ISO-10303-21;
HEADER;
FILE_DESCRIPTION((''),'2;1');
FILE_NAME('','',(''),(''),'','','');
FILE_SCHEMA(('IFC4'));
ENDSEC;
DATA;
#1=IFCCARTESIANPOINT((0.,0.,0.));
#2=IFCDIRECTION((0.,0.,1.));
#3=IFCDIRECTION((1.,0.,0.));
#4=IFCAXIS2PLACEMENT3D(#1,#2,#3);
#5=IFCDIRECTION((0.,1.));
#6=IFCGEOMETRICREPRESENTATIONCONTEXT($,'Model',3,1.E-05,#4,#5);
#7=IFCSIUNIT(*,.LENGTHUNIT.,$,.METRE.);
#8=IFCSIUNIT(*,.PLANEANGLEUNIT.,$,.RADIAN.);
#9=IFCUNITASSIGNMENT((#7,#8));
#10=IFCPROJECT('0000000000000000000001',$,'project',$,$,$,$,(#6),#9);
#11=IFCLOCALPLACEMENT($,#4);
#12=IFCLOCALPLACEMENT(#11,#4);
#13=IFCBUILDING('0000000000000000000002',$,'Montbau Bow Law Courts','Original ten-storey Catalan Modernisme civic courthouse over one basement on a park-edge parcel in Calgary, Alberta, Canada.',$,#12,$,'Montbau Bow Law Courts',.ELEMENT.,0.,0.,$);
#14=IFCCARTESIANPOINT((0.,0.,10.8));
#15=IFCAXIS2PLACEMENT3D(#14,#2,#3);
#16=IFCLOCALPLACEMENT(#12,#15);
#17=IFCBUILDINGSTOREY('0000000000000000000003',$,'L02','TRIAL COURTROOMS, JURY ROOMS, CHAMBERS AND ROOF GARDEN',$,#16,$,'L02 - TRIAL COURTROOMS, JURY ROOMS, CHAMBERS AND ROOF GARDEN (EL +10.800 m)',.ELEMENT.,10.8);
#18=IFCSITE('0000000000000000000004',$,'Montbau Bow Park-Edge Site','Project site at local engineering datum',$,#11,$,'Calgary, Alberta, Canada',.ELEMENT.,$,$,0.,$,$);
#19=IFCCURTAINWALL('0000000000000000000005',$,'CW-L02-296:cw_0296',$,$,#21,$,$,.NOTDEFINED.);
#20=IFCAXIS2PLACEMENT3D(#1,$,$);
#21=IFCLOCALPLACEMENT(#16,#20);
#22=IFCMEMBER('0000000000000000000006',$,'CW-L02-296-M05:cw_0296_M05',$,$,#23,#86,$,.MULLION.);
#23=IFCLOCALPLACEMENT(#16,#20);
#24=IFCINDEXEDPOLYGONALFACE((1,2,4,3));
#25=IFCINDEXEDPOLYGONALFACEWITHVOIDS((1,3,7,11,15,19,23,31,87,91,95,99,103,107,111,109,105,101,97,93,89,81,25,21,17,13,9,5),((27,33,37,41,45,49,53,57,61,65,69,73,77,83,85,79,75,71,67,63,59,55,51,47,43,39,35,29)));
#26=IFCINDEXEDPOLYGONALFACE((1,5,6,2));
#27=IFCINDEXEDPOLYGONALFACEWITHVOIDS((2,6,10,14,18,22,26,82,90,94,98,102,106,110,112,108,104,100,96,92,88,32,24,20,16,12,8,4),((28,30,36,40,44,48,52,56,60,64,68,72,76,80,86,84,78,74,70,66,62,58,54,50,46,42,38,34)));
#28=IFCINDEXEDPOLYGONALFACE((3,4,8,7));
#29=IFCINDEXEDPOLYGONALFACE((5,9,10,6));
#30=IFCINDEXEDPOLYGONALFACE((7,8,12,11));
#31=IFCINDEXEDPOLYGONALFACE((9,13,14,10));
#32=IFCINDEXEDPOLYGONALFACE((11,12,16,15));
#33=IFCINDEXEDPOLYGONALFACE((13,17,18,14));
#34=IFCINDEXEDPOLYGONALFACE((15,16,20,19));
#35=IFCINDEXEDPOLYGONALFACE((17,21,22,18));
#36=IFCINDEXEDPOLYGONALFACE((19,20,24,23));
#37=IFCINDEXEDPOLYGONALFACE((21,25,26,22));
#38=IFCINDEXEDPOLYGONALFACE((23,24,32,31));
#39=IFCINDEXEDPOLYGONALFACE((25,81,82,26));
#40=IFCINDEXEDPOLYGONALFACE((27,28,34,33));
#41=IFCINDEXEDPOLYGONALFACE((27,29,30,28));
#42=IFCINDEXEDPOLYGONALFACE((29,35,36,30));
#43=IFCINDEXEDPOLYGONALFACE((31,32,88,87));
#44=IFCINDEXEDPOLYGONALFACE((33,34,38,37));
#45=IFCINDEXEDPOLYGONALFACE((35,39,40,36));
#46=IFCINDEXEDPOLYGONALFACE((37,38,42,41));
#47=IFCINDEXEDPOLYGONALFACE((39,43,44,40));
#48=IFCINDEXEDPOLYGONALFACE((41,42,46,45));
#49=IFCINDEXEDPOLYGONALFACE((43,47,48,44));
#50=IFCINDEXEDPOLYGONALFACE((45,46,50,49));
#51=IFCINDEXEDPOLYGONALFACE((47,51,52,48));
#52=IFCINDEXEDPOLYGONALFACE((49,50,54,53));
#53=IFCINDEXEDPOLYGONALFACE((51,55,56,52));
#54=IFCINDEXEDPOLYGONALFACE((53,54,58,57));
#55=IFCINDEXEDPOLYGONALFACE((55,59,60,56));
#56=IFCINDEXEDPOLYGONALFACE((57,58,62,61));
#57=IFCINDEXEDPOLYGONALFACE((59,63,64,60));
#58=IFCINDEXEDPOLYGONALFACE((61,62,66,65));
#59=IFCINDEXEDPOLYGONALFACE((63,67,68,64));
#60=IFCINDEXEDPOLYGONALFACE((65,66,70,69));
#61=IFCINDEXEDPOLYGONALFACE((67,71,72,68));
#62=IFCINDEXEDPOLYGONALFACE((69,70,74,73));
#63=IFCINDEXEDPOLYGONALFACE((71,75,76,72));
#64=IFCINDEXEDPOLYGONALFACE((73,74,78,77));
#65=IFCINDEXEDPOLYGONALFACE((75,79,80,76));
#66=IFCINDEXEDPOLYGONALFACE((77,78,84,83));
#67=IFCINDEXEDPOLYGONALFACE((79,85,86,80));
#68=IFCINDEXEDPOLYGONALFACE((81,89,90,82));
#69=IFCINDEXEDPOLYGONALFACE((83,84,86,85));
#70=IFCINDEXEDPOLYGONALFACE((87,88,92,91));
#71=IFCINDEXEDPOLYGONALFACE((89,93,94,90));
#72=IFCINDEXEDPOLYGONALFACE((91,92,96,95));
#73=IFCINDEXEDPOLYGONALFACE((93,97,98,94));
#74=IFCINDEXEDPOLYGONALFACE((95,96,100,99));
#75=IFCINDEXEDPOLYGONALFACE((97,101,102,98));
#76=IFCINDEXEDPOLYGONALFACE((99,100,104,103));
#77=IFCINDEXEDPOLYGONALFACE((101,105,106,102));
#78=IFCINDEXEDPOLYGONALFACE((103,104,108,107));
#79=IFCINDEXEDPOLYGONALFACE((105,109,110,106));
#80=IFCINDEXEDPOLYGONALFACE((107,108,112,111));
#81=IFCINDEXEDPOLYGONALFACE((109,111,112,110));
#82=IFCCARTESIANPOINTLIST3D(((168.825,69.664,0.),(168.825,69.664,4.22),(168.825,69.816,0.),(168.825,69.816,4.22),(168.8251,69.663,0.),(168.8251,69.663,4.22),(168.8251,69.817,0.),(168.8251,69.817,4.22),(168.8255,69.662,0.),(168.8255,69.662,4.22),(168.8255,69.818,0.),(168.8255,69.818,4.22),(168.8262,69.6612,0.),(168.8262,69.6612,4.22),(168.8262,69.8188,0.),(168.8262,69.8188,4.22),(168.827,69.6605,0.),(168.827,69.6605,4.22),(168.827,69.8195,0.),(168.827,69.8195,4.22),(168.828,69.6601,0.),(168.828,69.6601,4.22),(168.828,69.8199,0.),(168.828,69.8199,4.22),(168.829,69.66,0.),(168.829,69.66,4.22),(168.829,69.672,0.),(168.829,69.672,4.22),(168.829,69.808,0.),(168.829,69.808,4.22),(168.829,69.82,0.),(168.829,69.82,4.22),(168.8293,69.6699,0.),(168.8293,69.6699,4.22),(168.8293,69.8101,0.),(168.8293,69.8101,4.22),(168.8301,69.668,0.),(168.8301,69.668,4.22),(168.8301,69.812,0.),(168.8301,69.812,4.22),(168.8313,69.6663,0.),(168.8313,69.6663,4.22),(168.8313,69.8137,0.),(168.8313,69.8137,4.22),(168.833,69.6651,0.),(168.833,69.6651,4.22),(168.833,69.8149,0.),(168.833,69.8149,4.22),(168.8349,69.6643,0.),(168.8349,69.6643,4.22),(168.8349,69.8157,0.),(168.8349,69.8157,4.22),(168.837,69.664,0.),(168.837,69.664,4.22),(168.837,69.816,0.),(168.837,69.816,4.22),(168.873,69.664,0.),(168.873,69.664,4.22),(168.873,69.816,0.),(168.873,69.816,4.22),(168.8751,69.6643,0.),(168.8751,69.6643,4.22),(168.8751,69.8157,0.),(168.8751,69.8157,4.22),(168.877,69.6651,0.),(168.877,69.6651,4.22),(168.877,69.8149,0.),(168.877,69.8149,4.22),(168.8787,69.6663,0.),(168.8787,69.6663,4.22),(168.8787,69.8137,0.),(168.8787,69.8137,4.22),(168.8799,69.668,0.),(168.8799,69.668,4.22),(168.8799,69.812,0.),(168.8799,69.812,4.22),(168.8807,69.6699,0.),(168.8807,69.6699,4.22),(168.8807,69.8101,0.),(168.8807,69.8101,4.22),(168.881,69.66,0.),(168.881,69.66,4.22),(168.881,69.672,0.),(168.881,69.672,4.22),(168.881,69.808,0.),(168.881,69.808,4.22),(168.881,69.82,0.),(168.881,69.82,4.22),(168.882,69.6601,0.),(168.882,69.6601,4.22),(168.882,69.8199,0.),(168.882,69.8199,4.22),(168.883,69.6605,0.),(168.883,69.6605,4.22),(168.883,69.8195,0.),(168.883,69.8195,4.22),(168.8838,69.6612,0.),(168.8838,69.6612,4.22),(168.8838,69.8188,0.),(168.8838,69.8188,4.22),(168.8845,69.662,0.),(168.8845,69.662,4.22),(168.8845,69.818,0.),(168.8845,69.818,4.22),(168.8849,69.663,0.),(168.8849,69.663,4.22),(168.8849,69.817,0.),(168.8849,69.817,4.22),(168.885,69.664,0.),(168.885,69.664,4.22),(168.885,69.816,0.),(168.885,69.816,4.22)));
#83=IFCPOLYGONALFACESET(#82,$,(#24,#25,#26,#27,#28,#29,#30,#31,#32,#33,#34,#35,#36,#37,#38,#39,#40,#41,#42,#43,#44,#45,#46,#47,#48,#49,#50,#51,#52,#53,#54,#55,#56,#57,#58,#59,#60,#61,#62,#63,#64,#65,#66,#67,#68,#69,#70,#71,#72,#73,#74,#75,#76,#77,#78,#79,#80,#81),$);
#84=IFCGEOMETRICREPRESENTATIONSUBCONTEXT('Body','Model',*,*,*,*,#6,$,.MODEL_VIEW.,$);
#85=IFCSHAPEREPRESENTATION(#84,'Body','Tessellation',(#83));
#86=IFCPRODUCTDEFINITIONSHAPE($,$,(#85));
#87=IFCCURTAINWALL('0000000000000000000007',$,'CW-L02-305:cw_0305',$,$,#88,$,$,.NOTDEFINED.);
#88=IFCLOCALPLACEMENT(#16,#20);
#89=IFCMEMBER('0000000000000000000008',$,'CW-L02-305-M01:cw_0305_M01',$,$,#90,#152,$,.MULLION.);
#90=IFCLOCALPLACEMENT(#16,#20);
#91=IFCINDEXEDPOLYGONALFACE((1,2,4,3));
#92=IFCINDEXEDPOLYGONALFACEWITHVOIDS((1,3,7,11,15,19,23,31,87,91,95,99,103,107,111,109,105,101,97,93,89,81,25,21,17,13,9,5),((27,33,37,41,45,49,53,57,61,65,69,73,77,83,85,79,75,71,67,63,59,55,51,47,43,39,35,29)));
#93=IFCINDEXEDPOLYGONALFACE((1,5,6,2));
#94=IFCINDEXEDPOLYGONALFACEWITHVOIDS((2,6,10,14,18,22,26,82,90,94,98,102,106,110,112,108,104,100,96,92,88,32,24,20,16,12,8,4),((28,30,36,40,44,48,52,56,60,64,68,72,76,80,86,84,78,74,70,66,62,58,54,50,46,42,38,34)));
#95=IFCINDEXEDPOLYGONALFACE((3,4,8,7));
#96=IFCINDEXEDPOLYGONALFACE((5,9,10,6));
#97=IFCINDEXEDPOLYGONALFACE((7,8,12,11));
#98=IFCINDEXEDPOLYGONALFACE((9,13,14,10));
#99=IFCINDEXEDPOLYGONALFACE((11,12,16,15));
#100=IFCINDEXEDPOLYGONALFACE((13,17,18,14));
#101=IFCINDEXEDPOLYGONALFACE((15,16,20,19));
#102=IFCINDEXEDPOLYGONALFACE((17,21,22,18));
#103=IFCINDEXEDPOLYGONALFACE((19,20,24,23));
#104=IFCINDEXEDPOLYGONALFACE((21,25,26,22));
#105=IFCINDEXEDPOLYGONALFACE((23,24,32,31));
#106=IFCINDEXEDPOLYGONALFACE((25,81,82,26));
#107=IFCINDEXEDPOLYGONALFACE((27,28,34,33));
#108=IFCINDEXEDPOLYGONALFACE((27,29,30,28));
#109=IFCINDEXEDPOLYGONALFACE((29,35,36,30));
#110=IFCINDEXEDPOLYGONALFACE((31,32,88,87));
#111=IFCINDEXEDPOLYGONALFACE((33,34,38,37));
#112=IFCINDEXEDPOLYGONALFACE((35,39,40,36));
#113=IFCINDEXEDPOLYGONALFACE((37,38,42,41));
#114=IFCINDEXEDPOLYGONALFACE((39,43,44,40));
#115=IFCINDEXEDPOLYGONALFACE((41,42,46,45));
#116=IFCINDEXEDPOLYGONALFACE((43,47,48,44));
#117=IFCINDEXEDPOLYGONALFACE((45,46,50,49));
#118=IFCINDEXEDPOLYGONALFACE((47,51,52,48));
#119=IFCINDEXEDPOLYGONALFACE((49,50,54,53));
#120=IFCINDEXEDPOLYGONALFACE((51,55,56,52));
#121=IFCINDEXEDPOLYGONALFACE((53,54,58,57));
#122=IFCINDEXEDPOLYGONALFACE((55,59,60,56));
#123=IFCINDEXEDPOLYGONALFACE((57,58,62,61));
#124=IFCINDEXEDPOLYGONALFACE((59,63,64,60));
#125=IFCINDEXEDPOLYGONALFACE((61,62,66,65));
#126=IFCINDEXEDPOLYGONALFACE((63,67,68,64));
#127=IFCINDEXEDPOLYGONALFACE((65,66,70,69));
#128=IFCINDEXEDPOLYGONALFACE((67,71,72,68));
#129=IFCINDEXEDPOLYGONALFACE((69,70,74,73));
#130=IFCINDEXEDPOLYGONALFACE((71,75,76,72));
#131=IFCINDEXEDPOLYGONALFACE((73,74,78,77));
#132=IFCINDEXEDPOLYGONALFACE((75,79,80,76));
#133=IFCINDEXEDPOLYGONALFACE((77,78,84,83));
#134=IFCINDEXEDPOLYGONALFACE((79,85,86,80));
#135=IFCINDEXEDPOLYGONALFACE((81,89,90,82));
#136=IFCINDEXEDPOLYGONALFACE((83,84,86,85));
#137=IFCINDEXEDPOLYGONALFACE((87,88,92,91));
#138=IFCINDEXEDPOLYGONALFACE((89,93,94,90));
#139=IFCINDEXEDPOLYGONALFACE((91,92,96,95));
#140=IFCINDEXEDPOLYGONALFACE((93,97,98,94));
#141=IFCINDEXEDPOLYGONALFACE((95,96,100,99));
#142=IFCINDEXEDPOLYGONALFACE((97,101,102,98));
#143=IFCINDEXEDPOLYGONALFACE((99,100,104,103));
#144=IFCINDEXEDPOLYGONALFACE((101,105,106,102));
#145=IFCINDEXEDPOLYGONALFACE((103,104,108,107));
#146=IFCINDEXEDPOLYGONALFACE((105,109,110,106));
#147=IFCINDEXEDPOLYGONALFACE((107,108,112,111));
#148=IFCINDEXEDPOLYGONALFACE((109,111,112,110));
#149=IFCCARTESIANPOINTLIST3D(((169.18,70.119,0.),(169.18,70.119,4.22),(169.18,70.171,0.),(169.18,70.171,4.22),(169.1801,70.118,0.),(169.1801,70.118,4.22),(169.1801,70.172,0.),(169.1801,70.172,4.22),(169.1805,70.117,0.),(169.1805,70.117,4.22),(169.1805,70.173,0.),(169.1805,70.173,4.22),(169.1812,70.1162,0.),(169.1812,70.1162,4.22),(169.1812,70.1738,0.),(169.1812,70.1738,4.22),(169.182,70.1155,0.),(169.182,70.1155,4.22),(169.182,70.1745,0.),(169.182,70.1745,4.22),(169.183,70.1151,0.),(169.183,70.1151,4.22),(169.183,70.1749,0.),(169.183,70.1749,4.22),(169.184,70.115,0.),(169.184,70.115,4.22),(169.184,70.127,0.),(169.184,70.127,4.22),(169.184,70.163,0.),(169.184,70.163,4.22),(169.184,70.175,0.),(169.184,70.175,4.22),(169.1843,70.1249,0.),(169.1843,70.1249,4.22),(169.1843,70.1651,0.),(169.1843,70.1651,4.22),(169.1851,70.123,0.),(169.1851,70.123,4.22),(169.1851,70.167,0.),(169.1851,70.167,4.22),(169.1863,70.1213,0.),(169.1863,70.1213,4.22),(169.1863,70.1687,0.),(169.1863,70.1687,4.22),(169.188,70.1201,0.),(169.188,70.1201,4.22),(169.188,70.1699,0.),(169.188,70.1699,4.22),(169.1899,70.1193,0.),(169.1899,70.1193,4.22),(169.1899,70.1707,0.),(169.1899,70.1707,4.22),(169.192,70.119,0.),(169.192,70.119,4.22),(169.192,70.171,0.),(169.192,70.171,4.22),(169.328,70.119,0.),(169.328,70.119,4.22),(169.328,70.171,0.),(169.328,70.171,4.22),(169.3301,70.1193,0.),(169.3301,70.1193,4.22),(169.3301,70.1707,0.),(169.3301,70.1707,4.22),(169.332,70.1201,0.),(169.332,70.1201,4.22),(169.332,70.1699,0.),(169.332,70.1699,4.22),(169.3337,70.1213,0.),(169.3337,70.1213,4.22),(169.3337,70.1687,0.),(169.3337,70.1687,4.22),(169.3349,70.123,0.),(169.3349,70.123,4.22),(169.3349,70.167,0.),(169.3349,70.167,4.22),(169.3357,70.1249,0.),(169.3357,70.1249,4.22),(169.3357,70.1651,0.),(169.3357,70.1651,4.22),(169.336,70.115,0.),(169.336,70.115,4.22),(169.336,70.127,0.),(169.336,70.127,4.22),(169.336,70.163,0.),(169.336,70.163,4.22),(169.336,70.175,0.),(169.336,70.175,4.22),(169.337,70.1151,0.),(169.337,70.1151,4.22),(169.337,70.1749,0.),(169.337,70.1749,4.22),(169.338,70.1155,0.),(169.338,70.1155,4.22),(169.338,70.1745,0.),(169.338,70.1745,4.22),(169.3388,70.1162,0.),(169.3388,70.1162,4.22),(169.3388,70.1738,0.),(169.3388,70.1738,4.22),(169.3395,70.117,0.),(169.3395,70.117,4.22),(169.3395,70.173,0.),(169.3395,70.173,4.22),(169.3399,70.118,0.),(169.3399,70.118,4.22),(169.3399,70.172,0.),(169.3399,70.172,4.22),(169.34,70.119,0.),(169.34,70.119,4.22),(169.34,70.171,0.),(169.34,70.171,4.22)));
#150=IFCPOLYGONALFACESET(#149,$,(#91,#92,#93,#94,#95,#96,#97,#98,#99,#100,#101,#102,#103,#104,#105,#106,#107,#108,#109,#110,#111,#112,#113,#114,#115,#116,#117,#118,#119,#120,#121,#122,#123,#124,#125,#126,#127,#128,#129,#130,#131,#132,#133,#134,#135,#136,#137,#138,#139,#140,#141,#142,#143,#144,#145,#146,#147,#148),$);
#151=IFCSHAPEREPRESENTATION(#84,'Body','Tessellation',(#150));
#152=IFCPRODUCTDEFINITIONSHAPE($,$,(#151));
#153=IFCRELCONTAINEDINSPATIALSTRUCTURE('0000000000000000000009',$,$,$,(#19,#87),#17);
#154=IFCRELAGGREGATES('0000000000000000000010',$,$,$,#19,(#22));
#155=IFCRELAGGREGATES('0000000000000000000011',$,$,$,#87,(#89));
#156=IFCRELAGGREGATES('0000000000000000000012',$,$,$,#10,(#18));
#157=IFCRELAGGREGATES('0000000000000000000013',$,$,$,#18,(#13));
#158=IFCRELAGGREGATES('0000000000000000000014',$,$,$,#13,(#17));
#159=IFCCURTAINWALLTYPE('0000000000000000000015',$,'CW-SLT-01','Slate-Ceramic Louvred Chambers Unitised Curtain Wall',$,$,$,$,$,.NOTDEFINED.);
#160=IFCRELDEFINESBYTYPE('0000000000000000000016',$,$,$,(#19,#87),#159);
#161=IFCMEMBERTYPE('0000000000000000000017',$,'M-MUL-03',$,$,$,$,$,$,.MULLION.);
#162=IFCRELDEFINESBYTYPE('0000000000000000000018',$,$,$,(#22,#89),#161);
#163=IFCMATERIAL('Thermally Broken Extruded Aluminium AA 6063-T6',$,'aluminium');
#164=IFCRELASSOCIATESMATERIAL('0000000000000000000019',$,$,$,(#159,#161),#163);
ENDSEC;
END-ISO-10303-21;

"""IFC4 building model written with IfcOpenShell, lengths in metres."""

from ifc_helpers import new_model, si_unit, direction, frame, origin_with_axes, origin_2d_with_axis, place, context, subcontext, project, spatial, hollow_rectangle, extrude, material, material_profile, profile_set, type_object, element, aggregate, save


model = new_model("IFC4")

# Units and contexts
model_context = context("Model", 3, precision=1e-05, world=origin_with_axes(), true_north=direction((0.0, 1.0)))
body_context = subcontext(model_context, "Body", "Model", "MODEL_VIEW")
ifc_project = project(units=[si_unit("LENGTHUNIT", "METRE"), si_unit("PLANEANGLEUNIT", "RADIAN")], contexts=[model_context])

# Site, building, storey
site_placement = place(None, origin_with_axes())
site = spatial("IfcSite", under=ifc_project, at=site_placement, Name="Montbau Bow Park-Edge Site", Description="Project site at local engineering datum", LongName="Calgary, Alberta, Canada", CompositionType="ELEMENT", RefElevation=0.0)
building_placement = place(site_placement, origin_with_axes())
building = spatial("IfcBuilding", under=site, at=building_placement, Name="Montbau Bow Law Courts", Description="Original ten-storey Catalan Modernisme civic courthouse over one basement on a park-edge parcel in Calgary, Alberta, Canada.", LongName="Montbau Bow Law Courts", CompositionType="ELEMENT", ElevationOfRefHeight=0.0, ElevationOfTerrain=0.0)
storey_placement = place(building_placement, frame((0.0, 0.0, 10.8), z_axis=(0.0, 0.0, 1.0), x_axis=(1.0, 0.0, 0.0)))
storey = spatial("IfcBuildingStorey", under=building, at=storey_placement, Name="L02", Description="TRIAL COURTROOMS, JURY ROOMS, CHAMBERS AND ROOF GARDEN", LongName="L02 - TRIAL COURTROOMS, JURY ROOMS, CHAMBERS AND ROOF GARDEN (EL +10.800 m)", CompositionType="ELEMENT", Elevation=10.8)

# Curtain walls, members
ifc_material_1 = material(Name="Thermally Broken Extruded Aluminium AA 6063-T6", Category="aluminium")
curtain_wall_type = type_object("IfcCurtainWallType", Name="CW-SLT-01", Description="Slate-Ceramic Louvred Chambers Unitised Curtain Wall", PredefinedType="NOTDEFINED", material=ifc_material_1)
curtain_wall_1_placement = place(None, frame((163.115, 69.74, 10.8), z_axis=(0.0, 0.0, 1.0), x_axis=(1.0, 0.0, 0.0)))
curtain_wall_1 = element("IfcCurtainWall", 1, at=curtain_wall_1_placement, inside=storey, type_object=curtain_wall_type, Name="CW-L02-296:cw_0296", PredefinedType="NOTDEFINED")
ifc_material_profile_1 = material_profile(ifc_material_1, hollow_rectangle(XDim=0.06, YDim=0.16, WallThickness=0.004, InnerFilletRadius=0.008, OuterFilletRadius=0.004, at=origin_2d_with_axis()), Name="CWM-160X60", Category="Main", Priority=0)
ifc_profile_set_1 = profile_set([ifc_material_profile_1], Name="Thermally Broken Extruded Aluminium AA 6063-T6")
member_type_1 = type_object("IfcMemberType", Name="M-MUL-03", PredefinedType="MULLION", material=ifc_profile_set_1)
member_1_placement = place(None, frame((168.855, 69.74, 10.8), z_axis=(0.0, 0.0, 1.0), x_axis=(1.0, 0.0, 0.0)))
member_1 = element("IfcMember", 2, at=member_1_placement, type_object=member_type_1, Name="CW-L02-296-M05:cw_0296_M05", PredefinedType="MULLION", context=body_context, shape_type="SweptSolid", body=[
    extrude(hollow_rectangle(XDim=0.06, YDim=0.16, WallThickness=0.004, InnerFilletRadius=0.008, OuterFilletRadius=0.004, at=origin_2d_with_axis()), origin_with_axes(), (0.0, 0.0, 1.0), 4.22),
])
curtain_wall_2_placement = place(None, frame((169.26, 70.115, 10.8), z_axis=(0.0, 0.0, 1.0), x_axis=(1.0, 0.0, 0.0)))
curtain_wall_2 = element("IfcCurtainWall", 3, at=curtain_wall_2_placement, inside=storey, type_object=curtain_wall_type, Name="CW-L02-305:cw_0305", PredefinedType="NOTDEFINED")
member_2_placement = place(None, frame((169.26, 70.145, 10.8), z_axis=(0.0, 0.0, 1.0), x_axis=(0.0, 1.0, 0.0)))
member_2 = element("IfcMember", 4, at=member_2_placement, type_object=member_type_1, Name="CW-L02-305-M01:cw_0305_M01", PredefinedType="MULLION", context=body_context, shape_type="SweptSolid", body=[
    extrude(hollow_rectangle(XDim=0.06, YDim=0.16, WallThickness=0.004, InnerFilletRadius=0.008, OuterFilletRadius=0.004, at=origin_2d_with_axis()), origin_with_axes(), (0.0, 0.0, 1.0), 4.22),
])

aggregate(curtain_wall_1, [member_1])
aggregate(curtain_wall_2, [member_2])

save(model, "model.ifc")
